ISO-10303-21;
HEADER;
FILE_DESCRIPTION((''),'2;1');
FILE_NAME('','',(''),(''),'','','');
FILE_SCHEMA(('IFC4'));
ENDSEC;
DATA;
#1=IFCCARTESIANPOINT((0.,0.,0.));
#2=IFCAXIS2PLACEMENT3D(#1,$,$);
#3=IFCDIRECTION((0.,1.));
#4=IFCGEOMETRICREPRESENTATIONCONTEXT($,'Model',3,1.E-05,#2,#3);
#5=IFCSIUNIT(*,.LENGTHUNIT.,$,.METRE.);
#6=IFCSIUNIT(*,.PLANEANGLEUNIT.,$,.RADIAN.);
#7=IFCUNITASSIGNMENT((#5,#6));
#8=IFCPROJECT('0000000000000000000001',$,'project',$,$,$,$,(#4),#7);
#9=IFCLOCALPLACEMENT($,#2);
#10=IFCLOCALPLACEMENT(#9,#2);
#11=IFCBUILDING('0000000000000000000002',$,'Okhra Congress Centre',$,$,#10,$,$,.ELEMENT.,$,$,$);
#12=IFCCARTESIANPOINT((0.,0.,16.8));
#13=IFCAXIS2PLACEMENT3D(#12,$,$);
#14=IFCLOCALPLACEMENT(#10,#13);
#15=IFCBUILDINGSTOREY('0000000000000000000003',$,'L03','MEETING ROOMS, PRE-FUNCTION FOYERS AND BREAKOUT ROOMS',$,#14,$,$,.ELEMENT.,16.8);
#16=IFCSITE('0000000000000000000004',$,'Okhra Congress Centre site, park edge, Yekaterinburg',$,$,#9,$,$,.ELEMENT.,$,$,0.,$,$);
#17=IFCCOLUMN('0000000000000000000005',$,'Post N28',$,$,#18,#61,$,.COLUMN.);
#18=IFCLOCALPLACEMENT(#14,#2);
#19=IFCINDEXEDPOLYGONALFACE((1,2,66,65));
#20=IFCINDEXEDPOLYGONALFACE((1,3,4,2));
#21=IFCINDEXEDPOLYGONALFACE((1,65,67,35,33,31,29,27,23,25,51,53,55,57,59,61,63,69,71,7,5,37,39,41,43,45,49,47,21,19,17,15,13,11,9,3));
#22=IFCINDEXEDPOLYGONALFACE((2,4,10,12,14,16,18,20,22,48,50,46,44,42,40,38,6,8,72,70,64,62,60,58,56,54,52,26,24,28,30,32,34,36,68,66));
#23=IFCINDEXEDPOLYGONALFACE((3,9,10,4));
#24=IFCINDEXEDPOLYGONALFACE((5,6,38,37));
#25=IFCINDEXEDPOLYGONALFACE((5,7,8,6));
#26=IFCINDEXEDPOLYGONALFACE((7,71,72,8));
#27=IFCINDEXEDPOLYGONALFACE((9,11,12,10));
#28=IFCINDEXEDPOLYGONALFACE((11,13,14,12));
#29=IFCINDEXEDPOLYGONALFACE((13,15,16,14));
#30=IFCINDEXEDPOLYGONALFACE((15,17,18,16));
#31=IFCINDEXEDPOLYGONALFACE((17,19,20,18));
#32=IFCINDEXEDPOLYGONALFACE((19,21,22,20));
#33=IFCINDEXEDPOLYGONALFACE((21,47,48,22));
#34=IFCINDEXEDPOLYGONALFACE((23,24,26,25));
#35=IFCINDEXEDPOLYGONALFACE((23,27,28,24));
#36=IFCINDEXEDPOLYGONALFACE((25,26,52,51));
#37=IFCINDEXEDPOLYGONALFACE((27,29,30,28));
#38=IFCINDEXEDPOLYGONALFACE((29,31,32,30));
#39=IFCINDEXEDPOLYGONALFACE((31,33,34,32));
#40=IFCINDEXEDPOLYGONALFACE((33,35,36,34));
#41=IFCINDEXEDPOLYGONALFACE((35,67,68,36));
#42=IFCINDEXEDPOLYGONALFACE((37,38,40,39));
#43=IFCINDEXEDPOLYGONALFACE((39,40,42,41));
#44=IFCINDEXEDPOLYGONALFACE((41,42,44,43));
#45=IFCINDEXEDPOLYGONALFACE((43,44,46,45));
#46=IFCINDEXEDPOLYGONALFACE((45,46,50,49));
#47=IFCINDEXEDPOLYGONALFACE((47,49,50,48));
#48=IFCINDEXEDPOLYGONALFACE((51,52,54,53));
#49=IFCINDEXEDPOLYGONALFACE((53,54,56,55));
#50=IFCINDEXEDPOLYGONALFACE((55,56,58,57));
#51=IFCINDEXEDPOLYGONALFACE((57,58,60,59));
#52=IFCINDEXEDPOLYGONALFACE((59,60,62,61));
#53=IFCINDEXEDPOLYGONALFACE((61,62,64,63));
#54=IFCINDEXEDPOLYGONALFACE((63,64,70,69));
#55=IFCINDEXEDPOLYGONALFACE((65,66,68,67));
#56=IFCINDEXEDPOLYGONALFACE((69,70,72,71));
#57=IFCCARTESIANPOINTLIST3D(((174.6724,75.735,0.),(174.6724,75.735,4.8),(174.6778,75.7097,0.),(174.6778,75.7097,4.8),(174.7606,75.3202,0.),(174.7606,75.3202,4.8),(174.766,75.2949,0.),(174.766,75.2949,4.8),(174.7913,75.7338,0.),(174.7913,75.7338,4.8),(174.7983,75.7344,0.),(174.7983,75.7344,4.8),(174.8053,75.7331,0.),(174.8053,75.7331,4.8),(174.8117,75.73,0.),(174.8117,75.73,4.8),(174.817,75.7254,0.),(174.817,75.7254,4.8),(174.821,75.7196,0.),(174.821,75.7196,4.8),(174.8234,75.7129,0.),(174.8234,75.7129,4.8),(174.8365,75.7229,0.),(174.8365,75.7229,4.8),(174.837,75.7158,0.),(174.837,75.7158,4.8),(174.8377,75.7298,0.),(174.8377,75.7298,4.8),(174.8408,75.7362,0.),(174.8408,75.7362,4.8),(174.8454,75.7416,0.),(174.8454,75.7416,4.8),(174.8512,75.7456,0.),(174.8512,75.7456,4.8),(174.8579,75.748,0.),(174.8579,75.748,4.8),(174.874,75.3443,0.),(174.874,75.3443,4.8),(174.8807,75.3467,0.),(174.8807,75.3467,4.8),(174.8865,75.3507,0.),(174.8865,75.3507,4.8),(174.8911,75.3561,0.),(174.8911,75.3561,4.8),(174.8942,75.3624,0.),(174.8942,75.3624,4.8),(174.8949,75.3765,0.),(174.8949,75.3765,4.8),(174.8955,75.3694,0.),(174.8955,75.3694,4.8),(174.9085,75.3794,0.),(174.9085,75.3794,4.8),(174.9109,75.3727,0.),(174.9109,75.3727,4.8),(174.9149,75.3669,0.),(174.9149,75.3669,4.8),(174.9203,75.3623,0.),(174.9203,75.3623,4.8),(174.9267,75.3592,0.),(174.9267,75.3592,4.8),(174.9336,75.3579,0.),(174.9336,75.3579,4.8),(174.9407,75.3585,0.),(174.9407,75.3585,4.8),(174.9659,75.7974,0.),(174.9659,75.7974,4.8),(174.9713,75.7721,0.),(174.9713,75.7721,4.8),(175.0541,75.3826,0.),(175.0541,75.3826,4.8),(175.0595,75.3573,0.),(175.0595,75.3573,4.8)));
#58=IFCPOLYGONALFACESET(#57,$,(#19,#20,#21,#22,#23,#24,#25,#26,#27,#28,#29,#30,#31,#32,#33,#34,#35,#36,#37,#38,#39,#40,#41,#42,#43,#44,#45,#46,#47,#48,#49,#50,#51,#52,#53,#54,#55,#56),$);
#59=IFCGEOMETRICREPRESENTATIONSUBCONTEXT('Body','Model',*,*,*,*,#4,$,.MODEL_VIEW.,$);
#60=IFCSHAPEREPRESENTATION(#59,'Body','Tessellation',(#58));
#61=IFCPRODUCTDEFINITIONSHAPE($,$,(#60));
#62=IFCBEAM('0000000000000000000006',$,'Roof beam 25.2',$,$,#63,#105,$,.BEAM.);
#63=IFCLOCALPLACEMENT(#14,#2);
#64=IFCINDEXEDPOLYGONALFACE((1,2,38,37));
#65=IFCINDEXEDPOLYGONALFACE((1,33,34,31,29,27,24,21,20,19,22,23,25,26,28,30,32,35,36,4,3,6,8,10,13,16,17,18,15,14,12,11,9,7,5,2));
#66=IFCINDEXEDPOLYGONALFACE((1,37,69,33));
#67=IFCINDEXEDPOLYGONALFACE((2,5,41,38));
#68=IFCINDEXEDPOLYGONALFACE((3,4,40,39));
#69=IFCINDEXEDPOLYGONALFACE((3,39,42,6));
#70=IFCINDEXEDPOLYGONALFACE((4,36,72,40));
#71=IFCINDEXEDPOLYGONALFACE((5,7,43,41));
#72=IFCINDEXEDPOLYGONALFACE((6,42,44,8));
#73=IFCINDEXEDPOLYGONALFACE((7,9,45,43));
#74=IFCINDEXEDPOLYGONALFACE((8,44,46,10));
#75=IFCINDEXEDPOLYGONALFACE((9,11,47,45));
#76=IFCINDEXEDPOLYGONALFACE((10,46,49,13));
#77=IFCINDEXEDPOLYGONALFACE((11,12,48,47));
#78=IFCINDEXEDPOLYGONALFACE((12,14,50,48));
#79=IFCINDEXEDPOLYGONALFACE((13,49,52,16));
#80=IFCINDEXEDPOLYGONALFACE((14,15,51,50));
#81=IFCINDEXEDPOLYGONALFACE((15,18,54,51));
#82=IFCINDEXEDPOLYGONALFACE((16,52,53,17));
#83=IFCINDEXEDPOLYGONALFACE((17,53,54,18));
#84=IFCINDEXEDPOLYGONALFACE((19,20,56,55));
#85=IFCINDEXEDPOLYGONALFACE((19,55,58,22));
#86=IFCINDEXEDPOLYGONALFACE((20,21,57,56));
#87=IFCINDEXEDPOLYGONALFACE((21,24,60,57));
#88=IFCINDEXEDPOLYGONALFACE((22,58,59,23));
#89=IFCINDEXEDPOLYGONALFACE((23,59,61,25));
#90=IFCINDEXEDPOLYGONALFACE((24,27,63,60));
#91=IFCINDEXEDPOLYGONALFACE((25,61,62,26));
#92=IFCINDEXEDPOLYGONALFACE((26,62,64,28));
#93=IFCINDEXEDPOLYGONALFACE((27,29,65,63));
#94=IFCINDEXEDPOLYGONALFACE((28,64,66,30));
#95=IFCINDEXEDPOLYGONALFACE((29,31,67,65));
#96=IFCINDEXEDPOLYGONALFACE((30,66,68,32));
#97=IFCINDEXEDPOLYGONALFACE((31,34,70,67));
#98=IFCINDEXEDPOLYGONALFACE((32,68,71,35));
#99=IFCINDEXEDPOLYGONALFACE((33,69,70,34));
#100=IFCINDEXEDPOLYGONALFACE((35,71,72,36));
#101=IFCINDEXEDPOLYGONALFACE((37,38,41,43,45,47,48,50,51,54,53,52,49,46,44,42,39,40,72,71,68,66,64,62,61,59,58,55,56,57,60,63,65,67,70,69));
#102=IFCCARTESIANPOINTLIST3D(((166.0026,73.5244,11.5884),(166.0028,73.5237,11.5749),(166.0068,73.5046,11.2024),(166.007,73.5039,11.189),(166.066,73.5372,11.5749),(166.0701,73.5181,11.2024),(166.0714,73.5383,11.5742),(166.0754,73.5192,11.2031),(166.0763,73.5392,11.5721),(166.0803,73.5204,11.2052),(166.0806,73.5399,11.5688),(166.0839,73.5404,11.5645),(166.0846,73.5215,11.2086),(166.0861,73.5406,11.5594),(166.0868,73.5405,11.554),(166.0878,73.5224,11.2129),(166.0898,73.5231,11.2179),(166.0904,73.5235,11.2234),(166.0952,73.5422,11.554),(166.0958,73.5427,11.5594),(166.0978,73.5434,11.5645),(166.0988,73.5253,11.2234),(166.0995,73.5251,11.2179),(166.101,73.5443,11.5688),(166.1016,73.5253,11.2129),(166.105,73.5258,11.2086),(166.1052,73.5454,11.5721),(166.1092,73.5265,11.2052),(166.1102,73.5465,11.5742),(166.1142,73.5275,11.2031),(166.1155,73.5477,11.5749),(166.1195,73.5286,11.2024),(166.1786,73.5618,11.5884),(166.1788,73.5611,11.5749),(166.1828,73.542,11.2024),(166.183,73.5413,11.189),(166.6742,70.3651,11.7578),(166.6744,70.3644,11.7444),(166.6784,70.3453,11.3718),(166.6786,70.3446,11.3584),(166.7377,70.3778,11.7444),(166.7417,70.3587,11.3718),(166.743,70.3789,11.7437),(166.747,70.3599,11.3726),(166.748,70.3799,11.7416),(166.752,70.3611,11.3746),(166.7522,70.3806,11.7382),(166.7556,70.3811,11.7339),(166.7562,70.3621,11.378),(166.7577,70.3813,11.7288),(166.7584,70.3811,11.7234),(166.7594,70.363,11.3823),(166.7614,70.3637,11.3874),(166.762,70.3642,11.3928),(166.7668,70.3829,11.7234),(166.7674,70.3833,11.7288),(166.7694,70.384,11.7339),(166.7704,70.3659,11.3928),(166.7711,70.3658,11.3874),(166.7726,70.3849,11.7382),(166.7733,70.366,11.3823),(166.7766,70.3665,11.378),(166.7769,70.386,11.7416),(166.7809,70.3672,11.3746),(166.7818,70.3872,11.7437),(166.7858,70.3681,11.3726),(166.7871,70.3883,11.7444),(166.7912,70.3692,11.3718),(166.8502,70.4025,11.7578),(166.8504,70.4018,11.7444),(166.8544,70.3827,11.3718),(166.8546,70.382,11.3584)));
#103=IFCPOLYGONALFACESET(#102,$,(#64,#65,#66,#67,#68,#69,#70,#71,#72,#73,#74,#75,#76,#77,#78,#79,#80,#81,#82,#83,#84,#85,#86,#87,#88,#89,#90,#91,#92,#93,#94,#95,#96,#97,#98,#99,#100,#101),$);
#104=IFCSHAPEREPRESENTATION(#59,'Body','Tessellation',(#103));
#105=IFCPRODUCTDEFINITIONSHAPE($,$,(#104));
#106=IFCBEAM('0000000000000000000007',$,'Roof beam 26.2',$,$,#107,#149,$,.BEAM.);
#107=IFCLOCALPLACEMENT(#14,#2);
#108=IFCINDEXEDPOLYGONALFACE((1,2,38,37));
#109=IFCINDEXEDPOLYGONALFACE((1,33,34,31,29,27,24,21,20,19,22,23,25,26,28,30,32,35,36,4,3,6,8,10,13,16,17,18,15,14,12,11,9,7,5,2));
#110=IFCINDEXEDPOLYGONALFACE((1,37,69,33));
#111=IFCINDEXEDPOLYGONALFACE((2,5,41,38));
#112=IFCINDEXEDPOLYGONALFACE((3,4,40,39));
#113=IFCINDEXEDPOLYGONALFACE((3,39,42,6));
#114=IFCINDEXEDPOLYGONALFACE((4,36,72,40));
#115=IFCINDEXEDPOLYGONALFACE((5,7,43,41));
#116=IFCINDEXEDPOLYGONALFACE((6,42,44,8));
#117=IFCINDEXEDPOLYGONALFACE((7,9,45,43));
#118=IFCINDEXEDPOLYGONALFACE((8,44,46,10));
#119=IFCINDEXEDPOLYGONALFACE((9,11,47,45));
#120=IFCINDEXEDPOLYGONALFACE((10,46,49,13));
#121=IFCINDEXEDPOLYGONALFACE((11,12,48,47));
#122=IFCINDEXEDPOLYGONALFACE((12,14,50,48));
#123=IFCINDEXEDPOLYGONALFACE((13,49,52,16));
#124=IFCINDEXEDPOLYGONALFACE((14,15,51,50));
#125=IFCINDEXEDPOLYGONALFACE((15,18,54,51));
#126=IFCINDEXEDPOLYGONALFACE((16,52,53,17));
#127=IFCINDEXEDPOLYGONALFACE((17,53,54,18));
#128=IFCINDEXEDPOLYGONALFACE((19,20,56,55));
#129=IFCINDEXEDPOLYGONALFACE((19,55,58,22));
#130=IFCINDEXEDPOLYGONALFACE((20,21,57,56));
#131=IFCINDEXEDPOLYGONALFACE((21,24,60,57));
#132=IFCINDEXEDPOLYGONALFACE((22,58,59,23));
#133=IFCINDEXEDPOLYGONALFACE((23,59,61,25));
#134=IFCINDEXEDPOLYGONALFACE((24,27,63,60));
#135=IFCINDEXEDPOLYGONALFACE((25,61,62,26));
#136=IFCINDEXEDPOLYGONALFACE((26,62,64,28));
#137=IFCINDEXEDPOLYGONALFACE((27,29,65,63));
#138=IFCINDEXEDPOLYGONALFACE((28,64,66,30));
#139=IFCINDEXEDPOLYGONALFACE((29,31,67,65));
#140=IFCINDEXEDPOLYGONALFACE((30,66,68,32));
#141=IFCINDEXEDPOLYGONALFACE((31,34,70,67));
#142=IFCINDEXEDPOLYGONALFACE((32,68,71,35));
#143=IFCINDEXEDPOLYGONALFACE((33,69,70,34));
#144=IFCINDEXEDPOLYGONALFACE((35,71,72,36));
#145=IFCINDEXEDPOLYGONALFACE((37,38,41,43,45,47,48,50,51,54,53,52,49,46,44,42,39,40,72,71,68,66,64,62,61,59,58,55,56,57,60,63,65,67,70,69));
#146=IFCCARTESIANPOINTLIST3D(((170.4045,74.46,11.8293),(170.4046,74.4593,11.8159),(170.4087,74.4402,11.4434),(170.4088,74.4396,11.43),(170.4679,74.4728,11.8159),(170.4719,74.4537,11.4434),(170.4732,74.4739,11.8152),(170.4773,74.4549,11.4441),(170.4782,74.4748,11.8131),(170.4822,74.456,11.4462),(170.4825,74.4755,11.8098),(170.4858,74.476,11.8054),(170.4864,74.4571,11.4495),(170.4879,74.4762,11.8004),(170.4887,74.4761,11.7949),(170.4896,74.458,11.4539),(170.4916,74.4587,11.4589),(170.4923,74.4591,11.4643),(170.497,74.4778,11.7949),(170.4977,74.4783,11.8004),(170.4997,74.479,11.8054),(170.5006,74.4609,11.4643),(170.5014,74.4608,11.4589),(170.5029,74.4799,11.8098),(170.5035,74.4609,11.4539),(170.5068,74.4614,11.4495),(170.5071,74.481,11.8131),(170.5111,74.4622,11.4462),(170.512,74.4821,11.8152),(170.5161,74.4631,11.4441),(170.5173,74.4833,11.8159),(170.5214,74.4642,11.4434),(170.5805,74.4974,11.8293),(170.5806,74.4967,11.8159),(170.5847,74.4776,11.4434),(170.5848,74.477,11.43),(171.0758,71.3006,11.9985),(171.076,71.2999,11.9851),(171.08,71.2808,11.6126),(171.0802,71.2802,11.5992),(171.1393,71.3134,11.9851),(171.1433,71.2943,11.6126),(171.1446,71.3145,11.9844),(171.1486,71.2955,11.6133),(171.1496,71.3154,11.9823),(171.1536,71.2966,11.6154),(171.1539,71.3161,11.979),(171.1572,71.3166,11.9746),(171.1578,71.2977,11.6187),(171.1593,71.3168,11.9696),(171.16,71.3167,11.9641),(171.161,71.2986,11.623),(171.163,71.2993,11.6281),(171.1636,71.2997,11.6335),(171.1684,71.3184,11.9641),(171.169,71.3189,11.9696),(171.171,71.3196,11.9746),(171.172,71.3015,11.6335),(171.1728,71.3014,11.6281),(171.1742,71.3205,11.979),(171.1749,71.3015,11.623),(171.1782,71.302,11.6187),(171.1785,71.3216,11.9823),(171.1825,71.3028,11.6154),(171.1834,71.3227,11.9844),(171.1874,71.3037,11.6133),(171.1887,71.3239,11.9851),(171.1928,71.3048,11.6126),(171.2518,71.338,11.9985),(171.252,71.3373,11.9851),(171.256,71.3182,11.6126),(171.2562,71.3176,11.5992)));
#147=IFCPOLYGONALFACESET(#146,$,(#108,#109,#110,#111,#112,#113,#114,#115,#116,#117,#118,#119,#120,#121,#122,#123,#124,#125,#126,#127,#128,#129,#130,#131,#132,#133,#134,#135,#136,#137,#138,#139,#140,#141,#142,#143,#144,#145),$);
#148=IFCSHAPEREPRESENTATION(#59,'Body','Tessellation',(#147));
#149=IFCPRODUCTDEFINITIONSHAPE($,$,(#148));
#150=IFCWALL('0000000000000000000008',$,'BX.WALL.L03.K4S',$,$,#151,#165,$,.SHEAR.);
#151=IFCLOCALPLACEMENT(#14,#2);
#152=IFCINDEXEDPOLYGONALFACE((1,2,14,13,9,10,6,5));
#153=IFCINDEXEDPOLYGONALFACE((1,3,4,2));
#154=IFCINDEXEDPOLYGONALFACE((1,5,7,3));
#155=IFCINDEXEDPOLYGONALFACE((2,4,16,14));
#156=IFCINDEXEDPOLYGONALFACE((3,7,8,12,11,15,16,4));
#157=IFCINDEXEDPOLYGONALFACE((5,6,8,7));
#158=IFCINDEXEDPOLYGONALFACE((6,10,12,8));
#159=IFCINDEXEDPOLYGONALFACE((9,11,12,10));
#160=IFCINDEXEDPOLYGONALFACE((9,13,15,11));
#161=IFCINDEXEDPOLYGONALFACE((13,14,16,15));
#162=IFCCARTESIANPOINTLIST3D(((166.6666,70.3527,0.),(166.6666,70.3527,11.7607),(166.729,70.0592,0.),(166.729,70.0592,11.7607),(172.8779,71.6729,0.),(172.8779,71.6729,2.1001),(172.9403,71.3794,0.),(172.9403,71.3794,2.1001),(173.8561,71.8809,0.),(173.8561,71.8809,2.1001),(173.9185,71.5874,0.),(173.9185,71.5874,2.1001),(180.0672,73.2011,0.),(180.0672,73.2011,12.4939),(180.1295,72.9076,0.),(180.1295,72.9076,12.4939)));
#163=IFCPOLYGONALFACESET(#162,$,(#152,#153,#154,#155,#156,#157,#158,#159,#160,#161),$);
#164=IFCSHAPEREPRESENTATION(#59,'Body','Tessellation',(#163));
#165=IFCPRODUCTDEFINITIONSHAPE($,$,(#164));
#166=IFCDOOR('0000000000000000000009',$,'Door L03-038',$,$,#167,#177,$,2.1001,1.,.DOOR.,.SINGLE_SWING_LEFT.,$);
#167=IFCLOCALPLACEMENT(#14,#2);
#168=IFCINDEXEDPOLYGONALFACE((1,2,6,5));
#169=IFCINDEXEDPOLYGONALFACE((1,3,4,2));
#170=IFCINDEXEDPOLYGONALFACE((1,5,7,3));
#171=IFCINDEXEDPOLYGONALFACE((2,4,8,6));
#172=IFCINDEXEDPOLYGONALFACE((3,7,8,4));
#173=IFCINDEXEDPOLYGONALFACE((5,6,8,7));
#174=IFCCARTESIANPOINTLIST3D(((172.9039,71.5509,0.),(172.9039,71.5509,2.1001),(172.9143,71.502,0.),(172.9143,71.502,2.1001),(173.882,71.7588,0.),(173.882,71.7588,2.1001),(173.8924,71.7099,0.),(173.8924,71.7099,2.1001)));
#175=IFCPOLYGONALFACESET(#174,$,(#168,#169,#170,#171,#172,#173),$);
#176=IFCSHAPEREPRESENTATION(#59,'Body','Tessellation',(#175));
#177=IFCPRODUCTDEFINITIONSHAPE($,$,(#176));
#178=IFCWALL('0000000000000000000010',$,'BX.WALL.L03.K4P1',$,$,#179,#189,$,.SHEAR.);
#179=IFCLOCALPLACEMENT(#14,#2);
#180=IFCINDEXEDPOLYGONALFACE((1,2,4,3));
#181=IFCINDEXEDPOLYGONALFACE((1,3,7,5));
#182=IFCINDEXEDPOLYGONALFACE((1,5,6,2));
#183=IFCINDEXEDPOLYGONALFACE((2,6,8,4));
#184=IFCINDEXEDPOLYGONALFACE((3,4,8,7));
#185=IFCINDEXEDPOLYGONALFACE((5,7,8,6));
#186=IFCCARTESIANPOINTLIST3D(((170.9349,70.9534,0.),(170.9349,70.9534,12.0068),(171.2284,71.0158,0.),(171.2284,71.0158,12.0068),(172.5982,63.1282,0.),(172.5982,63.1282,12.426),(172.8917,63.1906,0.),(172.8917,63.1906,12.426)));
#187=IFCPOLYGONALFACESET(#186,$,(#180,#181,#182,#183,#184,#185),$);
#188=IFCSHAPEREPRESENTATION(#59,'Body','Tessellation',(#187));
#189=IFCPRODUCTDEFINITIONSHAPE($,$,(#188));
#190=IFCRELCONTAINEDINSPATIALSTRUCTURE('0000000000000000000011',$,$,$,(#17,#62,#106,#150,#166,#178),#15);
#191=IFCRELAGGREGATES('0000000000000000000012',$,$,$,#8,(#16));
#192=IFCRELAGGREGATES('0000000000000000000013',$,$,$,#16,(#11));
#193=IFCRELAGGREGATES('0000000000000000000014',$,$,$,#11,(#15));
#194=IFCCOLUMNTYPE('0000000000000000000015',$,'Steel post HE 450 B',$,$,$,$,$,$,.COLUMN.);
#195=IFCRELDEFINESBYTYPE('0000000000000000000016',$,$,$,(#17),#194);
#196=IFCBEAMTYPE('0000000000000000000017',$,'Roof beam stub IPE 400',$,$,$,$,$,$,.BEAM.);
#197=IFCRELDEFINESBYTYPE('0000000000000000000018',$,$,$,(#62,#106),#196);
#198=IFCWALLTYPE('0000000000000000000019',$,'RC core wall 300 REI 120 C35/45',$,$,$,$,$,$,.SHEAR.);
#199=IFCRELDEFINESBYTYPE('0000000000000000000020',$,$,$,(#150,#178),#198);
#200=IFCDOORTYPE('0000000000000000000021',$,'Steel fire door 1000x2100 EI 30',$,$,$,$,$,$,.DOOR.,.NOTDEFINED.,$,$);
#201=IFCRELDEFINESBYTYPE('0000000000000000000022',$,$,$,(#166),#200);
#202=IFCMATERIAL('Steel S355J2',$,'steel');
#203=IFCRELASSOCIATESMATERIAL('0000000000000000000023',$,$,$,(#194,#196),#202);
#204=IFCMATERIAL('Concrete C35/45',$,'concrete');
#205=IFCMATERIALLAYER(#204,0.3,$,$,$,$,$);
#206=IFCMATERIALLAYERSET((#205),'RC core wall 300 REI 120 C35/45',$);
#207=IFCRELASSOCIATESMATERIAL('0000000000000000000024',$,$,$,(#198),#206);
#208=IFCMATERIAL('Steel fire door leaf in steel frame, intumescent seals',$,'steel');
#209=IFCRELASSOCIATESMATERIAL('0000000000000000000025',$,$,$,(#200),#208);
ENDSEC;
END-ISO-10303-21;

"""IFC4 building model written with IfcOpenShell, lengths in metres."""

from ifc_helpers import new_model, si_unit, direction, frame, frame_2d, origin, origin_2d, place, context, subcontext, project, spatial, polyline, rectangle, i_section, outline, extrude, material, layer, layer_set, material_profile, profile_set, type_object, element, fill, save


model = new_model("IFC4")

# Units and contexts
model_context = context("Model", 3, precision=1e-05, world=origin(), true_north=direction((0.0, 1.0)))
body_context = subcontext(model_context, "Body", "Model", "MODEL_VIEW")
ifc_project = project(units=[si_unit("LENGTHUNIT", "METRE"), si_unit("PLANEANGLEUNIT", "RADIAN")], contexts=[model_context])

# Site, building, storey
site_placement = place(None, origin())
site = spatial("IfcSite", under=ifc_project, at=site_placement, Name="Okhra Congress Centre site, park edge, Yekaterinburg", CompositionType="ELEMENT", RefElevation=0.0)
building_placement = place(site_placement, origin())
building = spatial("IfcBuilding", under=site, at=building_placement, Name="Okhra Congress Centre", CompositionType="ELEMENT")
storey_placement = place(building_placement, frame((0.0, 0.0, 16.8)))
storey = spatial("IfcBuildingStorey", under=building, at=storey_placement, Name="L03", Description="MEETING ROOMS, PRE-FUNCTION FOYERS AND BREAKOUT ROOMS", CompositionType="ELEMENT", Elevation=16.8)

# Column
ifc_material_1 = material(Name="Steel S355J2", Category="steel")
ifc_material_profile_1 = material_profile(ifc_material_1, i_section(OverallWidth=0.3, OverallDepth=0.45, WebThickness=0.0139, FlangeThickness=0.0259, FilletRadius=0.0271, at=origin_2d()), Name="HE 450 B")
ifc_profile_set_1 = profile_set([ifc_material_profile_1], Name="Steel S355J2")
column_type = type_object("IfcColumnType", Name="Steel post HE 450 B", PredefinedType="COLUMN", material=ifc_profile_set_1)
for number, where, z_axis, x_axis, name in (
    (1, (174.866, 75.5461, 0.0), (0.0, 0.0, 1.0), (0.978148, 0.207912, 0.0), "Post N28"),
):
    element("IfcColumn", number, at=place(storey_placement, frame(where, z_axis=z_axis, x_axis=x_axis)), inside=storey, type_object=column_type, Name=name, PredefinedType="COLUMN", context=body_context, shape_type="SweptSolid", body=[
        extrude(i_section(OverallWidth=0.3, OverallDepth=0.45, WebThickness=0.0139, FlangeThickness=0.0259, FilletRadius=0.0271, at=origin_2d()), origin(), (0.0, 0.0, 1.0), 4.8),
    ])

# Beams
ifc_material_profile_2 = material_profile(ifc_material_1, i_section(OverallWidth=0.1799, OverallDepth=0.3999, WebThickness=0.0085, FlangeThickness=0.0134, FilletRadius=0.021, at=origin_2d()), Name="IPE 400")
ifc_profile_set_2 = profile_set([ifc_material_profile_2], Name="Steel S355J2")
beam_type = type_object("IfcBeamType", Name="Roof beam stub IPE 400", PredefinedType="BEAM", material=ifc_profile_set_2)
for number, where, z_axis, x_axis, name in (
    (2, (166.7644, 70.3735, 11.5581), (-0.207648, 0.9768, -0.052384), (-0.978143, -0.207934, 0.0), "Roof beam 25.2"),
    (3, (171.166, 71.3091, 11.7988), (-0.207577, 0.976819, -0.052309), (-0.978158, -0.207861, 0.0), "Roof beam 26.2"),
):
    element("IfcBeam", number, at=place(storey_placement, frame(where, z_axis=z_axis, x_axis=x_axis)), inside=storey, type_object=beam_type, Name=name, PredefinedType="BEAM", context=body_context, shape_type="SweptSolid", body=[
        extrude(i_section(OverallWidth=0.1799, OverallDepth=0.3999, WebThickness=0.0085, FlangeThickness=0.0134, FilletRadius=0.021, at=origin_2d()), origin(), (0.0, 0.0, 1.0), 3.2344),
    ])

# Wall, opening, door
ifc_material_2 = material(Name="Concrete C35/45", Category="concrete")
ifc_layer_1 = layer(ifc_material_2, 0.3)
ifc_layer_set_1 = layer_set([ifc_layer_1], Name="RC core wall 300 REI 120 C35/45")
wall_type_1 = type_object("IfcWallType", Name="RC core wall 300 REI 120 C35/45", PredefinedType="SHEAR", material=ifc_layer_set_1)
wall_1_placement = place(storey_placement, frame((166.6978, 70.2061, 0.0), z_axis=(0.0, 0.0, 1.0), x_axis=(0.978148, 0.207911, 0.0)))
wall_1 = element("IfcWall", 4, at=wall_1_placement, inside=storey, type_object=wall_type_1, Name="BX.WALL.L03.K4S", PredefinedType="SHEAR", context=body_context, shape_type="SweptSolid", body=[
    extrude(outline(polyline([(0.0, 0.0), (13.7, 0.0), (13.7, 12.4939), (0.0, 11.7607), (0.0, 0.0)])), frame((0.0, 0.1499, 0.0), z_axis=(0.0, -1.0, 0.0), x_axis=(1.0, 0.0, 0.0)), (0.0, 0.0, 1.0), 0.3),
])
opening_1_placement = place(wall_1_placement, frame((6.3501, 0.0, 0.0)))
opening_1 = element("IfcOpeningElement", 5, at=opening_1_placement, cuts=wall_1, PredefinedType="OPENING", context=body_context, shape_type="SweptSolid", body=[
    extrude(rectangle(XDim=1.0, YDim=2.1001, at=frame_2d((0.5, 1.05))), frame((0.0, 0.1599, 0.0), z_axis=(0.0, -1.0, 0.0), x_axis=(1.0, 0.0, 0.0)), (0.0, 0.0, 1.0), 0.3201),
])
ifc_material_3 = material(Name="Steel fire door leaf in steel frame, intumescent seals", Category="steel")
door_type_1 = type_object("IfcDoorType", Name="Steel fire door 1000x2100 EI 30", OperationType="NOTDEFINED", PredefinedType="DOOR", material=ifc_material_3)
door_1_placement = place(opening_1_placement, frame((1.0, 0.0, 0.0), z_axis=(0.0, 0.0, 1.0), x_axis=(-1.0, 0.0, 0.0)))
door_1 = element("IfcDoor", 6, at=door_1_placement, inside=storey, type_object=door_type_1, Name="Door L03-038", OperationType="SINGLE_SWING_LEFT", OverallHeight=2.1001, OverallWidth=1.0, PredefinedType="DOOR", context=body_context, shape_type="SweptSolid", body=[
    extrude(rectangle(XDim=1.0, YDim=2.1001, at=frame_2d((0.5, 1.05))), frame((0.0, 0.0249, 0.0), z_axis=(0.0, -1.0, 0.0), x_axis=(1.0, 0.0, 0.0)), (0.0, 0.0, 1.0), 0.05),
])
fill(opening_1, door_1)

# Wall
wall_2_placement = place(storey_placement, frame((171.0818, 70.9846, 0.0), z_axis=(0.0, 0.0, 1.0), x_axis=(0.207916, -0.978147, 0.0)))
element("IfcWall", 7, at=wall_2_placement, inside=storey, type_object=wall_type_1, Name="BX.WALL.L03.K4P1", PredefinedType="SHEAR", context=body_context, shape_type="SweptSolid", body=[
    extrude(outline(polyline([(0.0, 0.0), (8.0, 0.0), (8.0, 12.426), (0.0, 12.0068), (0.0, 0.0)])), frame((0.0, 0.1499, 0.0), z_axis=(0.0, -1.0, 0.0), x_axis=(1.0, 0.0, 0.0)), (0.0, 0.0, 1.0), 0.3),
])

save(model, "model.ifc")
